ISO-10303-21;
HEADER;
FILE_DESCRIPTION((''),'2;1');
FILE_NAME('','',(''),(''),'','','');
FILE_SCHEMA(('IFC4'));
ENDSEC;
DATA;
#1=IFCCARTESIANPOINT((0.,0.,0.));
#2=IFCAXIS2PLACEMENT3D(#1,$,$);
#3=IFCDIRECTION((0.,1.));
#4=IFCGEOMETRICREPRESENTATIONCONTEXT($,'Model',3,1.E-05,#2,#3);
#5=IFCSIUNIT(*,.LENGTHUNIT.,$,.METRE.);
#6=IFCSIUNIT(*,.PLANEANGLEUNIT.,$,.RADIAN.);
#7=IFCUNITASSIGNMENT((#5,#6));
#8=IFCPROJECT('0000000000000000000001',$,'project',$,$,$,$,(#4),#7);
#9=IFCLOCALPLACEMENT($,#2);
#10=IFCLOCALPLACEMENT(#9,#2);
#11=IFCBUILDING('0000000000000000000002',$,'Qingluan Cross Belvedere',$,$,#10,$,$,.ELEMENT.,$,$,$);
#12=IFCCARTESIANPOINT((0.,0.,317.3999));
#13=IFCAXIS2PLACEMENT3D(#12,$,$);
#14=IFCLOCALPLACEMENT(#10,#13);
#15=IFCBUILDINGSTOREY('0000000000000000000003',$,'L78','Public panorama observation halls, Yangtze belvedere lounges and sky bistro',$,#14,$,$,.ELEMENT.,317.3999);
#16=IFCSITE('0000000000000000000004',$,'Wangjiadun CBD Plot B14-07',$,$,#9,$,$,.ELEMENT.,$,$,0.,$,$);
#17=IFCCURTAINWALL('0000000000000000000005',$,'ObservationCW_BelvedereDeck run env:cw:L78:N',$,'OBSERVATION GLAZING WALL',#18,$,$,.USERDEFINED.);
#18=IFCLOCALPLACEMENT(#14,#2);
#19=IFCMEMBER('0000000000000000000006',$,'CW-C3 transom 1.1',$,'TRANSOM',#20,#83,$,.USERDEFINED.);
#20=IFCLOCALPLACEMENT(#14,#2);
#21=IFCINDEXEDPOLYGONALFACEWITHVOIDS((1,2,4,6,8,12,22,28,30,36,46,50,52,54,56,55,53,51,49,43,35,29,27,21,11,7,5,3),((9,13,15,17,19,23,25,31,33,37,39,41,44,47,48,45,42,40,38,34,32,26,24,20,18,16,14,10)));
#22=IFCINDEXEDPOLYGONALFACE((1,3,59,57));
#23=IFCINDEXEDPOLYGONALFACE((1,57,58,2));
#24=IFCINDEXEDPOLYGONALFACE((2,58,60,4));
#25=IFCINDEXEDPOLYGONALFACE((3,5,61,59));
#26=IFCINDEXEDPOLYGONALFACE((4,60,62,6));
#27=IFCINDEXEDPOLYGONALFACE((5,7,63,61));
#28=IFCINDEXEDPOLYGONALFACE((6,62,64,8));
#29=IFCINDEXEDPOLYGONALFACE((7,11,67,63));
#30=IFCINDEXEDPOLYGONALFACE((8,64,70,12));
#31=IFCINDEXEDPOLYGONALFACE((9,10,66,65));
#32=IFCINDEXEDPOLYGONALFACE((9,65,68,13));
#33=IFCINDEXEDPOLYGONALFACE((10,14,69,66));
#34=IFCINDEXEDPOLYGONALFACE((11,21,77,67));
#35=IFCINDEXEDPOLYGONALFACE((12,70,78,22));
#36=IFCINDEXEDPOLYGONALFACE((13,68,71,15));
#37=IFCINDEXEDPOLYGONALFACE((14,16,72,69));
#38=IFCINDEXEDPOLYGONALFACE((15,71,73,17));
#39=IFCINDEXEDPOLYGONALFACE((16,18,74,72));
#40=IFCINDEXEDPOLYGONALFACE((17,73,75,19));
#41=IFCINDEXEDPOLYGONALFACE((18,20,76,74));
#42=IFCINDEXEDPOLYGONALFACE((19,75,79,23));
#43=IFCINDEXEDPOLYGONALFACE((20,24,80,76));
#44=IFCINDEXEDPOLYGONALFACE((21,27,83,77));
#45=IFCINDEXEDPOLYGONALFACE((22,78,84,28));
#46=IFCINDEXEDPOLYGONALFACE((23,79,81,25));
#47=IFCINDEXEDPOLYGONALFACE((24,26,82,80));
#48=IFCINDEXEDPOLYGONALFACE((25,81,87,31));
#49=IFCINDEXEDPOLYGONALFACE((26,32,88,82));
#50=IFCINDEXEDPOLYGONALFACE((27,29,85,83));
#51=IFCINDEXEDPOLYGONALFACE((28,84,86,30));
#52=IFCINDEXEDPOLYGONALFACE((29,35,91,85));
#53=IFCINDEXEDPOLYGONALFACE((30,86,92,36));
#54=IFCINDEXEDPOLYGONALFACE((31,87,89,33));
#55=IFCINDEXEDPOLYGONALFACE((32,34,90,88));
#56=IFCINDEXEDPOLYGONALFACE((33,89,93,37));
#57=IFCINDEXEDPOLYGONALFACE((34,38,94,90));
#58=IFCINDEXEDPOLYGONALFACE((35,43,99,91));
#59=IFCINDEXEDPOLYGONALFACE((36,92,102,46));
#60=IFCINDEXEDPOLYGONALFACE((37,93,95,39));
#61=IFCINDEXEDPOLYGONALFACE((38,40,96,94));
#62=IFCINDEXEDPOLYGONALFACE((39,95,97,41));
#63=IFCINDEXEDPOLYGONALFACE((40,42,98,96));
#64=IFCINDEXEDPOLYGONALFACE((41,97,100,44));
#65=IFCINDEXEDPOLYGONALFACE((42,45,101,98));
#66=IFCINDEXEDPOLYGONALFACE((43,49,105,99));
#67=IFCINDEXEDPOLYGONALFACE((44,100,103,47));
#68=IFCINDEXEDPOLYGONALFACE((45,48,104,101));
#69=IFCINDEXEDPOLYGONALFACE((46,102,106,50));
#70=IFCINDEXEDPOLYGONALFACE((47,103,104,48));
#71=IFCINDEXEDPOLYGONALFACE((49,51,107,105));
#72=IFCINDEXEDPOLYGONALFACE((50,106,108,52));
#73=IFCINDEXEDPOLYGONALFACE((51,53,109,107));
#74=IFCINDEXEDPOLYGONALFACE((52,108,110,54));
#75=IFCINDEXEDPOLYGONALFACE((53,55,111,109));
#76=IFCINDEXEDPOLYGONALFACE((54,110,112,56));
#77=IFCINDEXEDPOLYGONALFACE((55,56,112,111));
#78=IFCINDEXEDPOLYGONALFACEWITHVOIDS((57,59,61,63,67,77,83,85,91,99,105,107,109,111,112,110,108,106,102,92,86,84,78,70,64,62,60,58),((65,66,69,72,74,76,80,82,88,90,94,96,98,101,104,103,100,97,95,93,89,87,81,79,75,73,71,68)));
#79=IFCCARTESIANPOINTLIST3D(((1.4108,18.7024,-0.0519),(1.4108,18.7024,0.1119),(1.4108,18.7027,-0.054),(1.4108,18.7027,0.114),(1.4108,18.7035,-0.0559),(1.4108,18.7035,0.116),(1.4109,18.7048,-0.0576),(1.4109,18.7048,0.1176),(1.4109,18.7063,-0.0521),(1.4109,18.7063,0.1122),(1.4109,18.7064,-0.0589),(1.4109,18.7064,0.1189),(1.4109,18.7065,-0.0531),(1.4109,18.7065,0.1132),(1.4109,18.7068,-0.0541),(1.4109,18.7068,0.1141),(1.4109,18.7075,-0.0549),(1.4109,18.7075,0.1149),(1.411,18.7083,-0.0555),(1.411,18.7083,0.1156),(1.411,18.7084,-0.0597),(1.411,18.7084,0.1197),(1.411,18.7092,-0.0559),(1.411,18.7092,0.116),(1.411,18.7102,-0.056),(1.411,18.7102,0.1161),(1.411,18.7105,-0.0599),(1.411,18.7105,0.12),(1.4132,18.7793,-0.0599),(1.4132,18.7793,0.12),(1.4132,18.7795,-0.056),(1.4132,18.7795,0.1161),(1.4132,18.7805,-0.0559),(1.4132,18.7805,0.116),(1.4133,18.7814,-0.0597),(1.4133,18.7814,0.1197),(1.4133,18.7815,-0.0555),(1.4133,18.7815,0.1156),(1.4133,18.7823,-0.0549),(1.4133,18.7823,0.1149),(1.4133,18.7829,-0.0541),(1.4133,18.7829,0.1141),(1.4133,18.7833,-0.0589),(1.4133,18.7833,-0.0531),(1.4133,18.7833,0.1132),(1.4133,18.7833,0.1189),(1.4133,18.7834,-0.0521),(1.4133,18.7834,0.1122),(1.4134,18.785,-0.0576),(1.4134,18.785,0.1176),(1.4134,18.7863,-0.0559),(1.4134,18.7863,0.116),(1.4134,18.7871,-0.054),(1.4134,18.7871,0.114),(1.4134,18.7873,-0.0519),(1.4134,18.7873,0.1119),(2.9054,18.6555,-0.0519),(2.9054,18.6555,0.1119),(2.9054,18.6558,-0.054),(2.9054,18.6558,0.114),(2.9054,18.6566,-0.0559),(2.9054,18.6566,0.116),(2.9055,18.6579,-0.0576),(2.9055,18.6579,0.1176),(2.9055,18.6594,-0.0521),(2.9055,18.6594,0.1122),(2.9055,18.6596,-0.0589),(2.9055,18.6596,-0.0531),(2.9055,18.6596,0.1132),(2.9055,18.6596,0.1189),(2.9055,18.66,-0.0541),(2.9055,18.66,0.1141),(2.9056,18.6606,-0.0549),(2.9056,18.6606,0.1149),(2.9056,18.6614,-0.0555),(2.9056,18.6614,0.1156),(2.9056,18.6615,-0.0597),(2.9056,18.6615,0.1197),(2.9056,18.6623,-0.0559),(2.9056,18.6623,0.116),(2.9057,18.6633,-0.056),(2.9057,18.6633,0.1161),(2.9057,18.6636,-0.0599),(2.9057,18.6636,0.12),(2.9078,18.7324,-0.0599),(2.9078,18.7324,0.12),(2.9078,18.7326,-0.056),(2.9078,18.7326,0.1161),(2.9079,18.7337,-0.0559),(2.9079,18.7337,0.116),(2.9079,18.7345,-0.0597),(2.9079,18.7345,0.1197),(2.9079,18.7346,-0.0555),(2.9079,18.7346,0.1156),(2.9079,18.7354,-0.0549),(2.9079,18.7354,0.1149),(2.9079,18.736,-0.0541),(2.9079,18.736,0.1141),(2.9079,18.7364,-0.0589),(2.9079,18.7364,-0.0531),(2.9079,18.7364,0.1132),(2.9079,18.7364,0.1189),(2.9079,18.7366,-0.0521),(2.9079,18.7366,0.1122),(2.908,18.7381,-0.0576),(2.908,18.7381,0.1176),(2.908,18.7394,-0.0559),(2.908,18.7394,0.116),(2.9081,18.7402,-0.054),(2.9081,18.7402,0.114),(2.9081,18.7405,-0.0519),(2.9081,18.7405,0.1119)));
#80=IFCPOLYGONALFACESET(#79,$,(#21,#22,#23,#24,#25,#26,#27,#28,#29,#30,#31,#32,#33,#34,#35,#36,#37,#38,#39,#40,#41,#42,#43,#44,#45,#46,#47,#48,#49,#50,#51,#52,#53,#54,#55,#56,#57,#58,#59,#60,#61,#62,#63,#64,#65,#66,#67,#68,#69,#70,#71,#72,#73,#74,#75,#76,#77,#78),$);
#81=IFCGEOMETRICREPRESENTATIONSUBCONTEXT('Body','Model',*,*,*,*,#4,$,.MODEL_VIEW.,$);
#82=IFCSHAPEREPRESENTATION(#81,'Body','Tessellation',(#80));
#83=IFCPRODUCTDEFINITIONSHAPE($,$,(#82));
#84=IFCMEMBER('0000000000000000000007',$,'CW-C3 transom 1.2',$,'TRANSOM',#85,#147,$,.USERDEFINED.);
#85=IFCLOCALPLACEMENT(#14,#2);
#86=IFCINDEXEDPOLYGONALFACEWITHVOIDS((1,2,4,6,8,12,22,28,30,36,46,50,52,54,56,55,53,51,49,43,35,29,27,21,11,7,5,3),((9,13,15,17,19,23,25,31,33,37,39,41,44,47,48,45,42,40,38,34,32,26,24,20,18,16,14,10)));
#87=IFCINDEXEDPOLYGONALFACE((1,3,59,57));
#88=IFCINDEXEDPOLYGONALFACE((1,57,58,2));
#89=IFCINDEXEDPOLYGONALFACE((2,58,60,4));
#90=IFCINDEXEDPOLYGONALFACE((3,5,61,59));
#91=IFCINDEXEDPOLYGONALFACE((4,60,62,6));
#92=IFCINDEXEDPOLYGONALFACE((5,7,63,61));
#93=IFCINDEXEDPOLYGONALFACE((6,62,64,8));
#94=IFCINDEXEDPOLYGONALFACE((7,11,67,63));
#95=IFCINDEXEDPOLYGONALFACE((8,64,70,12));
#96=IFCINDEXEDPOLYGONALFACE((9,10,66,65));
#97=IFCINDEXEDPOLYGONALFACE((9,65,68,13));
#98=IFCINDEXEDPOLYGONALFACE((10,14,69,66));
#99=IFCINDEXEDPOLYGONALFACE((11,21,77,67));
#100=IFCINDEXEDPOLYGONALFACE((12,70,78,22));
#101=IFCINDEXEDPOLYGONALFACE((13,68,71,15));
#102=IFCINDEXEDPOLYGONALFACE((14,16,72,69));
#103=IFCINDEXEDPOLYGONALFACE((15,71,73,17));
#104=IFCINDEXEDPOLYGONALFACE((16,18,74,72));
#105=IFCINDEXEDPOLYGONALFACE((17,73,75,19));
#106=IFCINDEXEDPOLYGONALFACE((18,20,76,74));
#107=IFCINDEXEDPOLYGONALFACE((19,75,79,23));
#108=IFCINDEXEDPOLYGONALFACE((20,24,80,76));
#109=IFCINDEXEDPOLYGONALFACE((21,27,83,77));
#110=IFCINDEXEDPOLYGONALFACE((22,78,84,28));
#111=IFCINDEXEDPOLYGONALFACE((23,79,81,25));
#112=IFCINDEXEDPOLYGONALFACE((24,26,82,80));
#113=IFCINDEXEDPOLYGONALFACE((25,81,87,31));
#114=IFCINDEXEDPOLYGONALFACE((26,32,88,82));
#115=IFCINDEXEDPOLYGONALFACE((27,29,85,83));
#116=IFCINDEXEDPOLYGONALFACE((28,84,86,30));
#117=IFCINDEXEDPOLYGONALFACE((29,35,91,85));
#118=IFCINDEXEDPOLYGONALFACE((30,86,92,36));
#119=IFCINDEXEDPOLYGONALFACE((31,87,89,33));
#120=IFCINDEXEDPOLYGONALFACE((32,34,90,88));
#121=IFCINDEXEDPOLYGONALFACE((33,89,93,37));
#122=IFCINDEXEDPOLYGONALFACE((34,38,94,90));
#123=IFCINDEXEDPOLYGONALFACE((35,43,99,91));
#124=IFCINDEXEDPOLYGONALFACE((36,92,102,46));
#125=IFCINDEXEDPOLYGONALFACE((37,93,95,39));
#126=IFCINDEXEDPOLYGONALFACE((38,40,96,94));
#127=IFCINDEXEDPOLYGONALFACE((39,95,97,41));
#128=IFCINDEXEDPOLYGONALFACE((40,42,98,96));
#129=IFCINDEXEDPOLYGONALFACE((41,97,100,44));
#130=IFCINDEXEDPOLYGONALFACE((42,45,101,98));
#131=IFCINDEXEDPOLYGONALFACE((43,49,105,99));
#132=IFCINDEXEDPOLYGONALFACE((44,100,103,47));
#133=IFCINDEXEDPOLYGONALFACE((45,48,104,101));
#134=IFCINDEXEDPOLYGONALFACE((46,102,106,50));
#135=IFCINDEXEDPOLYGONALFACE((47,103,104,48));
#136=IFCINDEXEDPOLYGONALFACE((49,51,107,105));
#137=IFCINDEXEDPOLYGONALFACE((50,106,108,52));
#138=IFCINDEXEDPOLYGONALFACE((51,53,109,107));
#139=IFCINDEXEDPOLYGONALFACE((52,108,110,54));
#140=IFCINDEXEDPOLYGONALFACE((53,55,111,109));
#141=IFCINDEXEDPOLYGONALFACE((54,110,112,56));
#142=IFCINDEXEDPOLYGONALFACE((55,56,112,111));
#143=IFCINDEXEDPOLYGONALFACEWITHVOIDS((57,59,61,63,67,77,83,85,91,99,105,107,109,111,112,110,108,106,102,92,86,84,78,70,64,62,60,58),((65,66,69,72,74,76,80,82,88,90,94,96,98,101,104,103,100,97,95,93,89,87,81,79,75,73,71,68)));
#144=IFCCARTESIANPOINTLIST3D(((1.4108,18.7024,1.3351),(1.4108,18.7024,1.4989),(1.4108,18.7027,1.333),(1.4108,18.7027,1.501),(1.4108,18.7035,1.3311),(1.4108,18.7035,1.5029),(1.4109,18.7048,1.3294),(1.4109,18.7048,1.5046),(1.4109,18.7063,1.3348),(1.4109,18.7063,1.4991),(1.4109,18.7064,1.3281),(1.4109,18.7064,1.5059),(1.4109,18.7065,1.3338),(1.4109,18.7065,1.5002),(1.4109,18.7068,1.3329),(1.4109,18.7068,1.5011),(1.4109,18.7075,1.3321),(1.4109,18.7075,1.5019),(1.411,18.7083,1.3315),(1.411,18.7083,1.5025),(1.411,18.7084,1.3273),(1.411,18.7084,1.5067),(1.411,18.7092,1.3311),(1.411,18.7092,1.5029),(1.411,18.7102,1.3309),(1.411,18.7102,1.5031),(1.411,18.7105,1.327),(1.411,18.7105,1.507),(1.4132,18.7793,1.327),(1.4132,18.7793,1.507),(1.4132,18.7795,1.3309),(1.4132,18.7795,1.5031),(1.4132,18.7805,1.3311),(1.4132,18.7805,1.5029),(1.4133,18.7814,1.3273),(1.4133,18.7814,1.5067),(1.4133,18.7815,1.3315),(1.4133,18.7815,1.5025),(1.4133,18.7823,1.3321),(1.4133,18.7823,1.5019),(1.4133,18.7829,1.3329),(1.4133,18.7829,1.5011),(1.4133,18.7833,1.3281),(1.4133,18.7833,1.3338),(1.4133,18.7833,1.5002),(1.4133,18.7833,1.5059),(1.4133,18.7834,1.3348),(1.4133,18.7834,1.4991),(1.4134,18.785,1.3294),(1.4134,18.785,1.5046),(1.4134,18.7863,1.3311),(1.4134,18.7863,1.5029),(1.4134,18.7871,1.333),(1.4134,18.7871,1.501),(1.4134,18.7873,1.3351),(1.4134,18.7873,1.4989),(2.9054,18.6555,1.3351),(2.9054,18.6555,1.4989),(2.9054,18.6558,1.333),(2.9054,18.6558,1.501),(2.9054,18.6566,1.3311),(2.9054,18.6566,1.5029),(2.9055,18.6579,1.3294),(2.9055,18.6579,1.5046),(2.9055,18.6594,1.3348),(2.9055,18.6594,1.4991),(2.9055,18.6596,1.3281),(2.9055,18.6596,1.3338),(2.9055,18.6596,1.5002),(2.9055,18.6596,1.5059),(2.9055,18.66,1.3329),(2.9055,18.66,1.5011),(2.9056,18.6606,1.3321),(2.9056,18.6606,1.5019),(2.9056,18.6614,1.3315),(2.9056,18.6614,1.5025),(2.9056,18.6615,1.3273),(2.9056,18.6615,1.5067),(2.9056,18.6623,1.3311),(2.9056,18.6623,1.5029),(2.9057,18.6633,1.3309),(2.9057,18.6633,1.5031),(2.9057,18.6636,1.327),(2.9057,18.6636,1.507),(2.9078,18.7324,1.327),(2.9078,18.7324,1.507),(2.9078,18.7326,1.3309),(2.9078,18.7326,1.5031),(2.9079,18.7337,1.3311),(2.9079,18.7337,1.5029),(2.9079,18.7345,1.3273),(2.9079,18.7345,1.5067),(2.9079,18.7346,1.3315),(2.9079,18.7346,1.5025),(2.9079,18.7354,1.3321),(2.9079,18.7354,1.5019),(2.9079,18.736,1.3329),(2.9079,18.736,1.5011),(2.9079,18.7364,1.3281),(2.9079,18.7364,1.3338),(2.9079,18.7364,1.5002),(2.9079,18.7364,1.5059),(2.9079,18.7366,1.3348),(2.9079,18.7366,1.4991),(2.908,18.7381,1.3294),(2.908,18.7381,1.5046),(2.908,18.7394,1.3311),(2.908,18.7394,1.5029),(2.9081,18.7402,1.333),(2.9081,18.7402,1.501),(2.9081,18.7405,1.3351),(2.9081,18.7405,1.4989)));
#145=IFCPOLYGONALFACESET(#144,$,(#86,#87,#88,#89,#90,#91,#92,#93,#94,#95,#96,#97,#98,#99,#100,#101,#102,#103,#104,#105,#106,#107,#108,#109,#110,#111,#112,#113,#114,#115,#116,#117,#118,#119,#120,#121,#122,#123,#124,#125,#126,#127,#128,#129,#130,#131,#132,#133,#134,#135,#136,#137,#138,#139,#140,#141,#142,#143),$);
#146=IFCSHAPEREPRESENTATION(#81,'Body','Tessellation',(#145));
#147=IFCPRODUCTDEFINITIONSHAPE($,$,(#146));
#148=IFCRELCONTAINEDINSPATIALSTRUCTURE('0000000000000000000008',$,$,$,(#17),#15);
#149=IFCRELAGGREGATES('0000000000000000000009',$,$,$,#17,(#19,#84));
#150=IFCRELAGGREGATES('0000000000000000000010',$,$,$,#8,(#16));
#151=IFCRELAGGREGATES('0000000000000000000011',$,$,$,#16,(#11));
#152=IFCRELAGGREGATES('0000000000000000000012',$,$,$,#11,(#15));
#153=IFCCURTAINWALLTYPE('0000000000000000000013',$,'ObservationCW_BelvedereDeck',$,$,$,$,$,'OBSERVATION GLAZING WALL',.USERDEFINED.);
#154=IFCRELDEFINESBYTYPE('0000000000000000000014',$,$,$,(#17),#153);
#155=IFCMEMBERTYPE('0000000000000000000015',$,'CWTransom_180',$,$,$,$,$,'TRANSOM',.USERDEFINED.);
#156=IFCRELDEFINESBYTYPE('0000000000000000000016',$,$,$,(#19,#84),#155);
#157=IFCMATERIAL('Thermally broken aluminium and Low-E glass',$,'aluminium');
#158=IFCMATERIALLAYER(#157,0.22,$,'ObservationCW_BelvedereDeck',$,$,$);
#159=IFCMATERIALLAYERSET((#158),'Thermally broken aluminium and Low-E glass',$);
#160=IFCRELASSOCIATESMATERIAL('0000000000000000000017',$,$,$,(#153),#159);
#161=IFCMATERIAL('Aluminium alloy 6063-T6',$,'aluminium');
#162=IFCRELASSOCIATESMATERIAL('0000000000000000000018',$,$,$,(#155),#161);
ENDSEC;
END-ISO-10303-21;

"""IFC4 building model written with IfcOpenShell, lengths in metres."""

from ifc_helpers import new_model, si_unit, direction, frame, origin, origin_2d, place, context, subcontext, project, spatial, hollow_rectangle, extrude, material, layer, layer_set, material_profile, profile_set, type_object, element, aggregate, save


model = new_model("IFC4")

# Units and contexts
model_context = context("Model", 3, precision=1e-05, world=origin(), true_north=direction((0.0, 1.0)))
body_context = subcontext(model_context, "Body", "Model", "MODEL_VIEW")
ifc_project = project(units=[si_unit("LENGTHUNIT", "METRE"), si_unit("PLANEANGLEUNIT", "RADIAN")], contexts=[model_context])

# Site, building, storey
site_placement = place(None, origin())
site = spatial("IfcSite", under=ifc_project, at=site_placement, Name="Wangjiadun CBD Plot B14-07", CompositionType="ELEMENT", RefElevation=0.0)
building_placement = place(site_placement, origin())
building = spatial("IfcBuilding", under=site, at=building_placement, Name="Qingluan Cross Belvedere", CompositionType="ELEMENT")
storey_placement = place(building_placement, frame((0.0, 0.0, 317.3999)))
storey = spatial("IfcBuildingStorey", under=building, at=storey_placement, Name="L78", Description="Public panorama observation halls, Yangtze belvedere lounges and sky bistro", CompositionType="ELEMENT", Elevation=317.3999)

# Curtain wall, members
ifc_material_1 = material(Name="Thermally broken aluminium and Low-E glass", Category="aluminium")
ifc_layer_1 = layer(ifc_material_1, 0.22, Name="ObservationCW_BelvedereDeck")
ifc_layer_set_1 = layer_set([ifc_layer_1], Name="Thermally broken aluminium and Low-E glass")
curtain_wall_type = type_object("IfcCurtainWallType", Name="ObservationCW_BelvedereDeck", ElementType="OBSERVATION GLAZING WALL", PredefinedType="USERDEFINED", material=ifc_layer_set_1)
curtain_wall_placement = place(storey_placement, origin())
curtain_wall = element("IfcCurtainWall", 1, at=curtain_wall_placement, inside=storey, type_object=curtain_wall_type, Name="ObservationCW_BelvedereDeck run env:cw:L78:N", ObjectType="OBSERVATION GLAZING WALL", PredefinedType="USERDEFINED")
ifc_material_2 = material(Name="Aluminium alloy 6063-T6", Category="aluminium")
ifc_material_profile_1 = material_profile(ifc_material_2, hollow_rectangle(XDim=0.085, YDim=0.1799, WallThickness=0.0039, InnerFilletRadius=0.0039, OuterFilletRadius=0.0081, at=origin_2d()), Name="CWT180x85x4")
ifc_profile_set_1 = profile_set([ifc_material_profile_1], Name="Aluminium alloy 6063-T6")
member_type_1 = type_object("IfcMemberType", Name="CWTransom_180", ElementType="TRANSOM", PredefinedType="USERDEFINED", material=ifc_profile_set_1)
member_1_placement = place(storey_placement, frame((2.9067, 18.698, 0.03), z_axis=(-0.999509, 0.031347, 0.0), x_axis=(-0.031347, -0.999509, 0.0)))
member_1 = element("IfcMember", 2, at=member_1_placement, type_object=member_type_1, Name="CW-C3 transom 1.1", ObjectType="TRANSOM", PredefinedType="USERDEFINED", context=body_context, shape_type="SweptSolid", body=[
    extrude(hollow_rectangle(XDim=0.085, YDim=0.1799, WallThickness=0.0039, InnerFilletRadius=0.0039, OuterFilletRadius=0.0081, at=origin_2d()), origin(), (0.0, 0.0, 1.0), 1.4954),
])
member_2_placement = place(storey_placement, frame((2.9067, 18.698, 1.417), z_axis=(-0.999509, 0.031347, 0.0), x_axis=(-0.031347, -0.999509, 0.0)))
member_2 = element("IfcMember", 3, at=member_2_placement, type_object=member_type_1, Name="CW-C3 transom 1.2", ObjectType="TRANSOM", PredefinedType="USERDEFINED", context=body_context, shape_type="SweptSolid", body=[
    extrude(hollow_rectangle(XDim=0.085, YDim=0.1799, WallThickness=0.0039, InnerFilletRadius=0.0039, OuterFilletRadius=0.0081, at=origin_2d()), origin(), (0.0, 0.0, 1.0), 1.4954),
])

aggregate(curtain_wall, [member_1, member_2])

save(model, "model.ifc")
